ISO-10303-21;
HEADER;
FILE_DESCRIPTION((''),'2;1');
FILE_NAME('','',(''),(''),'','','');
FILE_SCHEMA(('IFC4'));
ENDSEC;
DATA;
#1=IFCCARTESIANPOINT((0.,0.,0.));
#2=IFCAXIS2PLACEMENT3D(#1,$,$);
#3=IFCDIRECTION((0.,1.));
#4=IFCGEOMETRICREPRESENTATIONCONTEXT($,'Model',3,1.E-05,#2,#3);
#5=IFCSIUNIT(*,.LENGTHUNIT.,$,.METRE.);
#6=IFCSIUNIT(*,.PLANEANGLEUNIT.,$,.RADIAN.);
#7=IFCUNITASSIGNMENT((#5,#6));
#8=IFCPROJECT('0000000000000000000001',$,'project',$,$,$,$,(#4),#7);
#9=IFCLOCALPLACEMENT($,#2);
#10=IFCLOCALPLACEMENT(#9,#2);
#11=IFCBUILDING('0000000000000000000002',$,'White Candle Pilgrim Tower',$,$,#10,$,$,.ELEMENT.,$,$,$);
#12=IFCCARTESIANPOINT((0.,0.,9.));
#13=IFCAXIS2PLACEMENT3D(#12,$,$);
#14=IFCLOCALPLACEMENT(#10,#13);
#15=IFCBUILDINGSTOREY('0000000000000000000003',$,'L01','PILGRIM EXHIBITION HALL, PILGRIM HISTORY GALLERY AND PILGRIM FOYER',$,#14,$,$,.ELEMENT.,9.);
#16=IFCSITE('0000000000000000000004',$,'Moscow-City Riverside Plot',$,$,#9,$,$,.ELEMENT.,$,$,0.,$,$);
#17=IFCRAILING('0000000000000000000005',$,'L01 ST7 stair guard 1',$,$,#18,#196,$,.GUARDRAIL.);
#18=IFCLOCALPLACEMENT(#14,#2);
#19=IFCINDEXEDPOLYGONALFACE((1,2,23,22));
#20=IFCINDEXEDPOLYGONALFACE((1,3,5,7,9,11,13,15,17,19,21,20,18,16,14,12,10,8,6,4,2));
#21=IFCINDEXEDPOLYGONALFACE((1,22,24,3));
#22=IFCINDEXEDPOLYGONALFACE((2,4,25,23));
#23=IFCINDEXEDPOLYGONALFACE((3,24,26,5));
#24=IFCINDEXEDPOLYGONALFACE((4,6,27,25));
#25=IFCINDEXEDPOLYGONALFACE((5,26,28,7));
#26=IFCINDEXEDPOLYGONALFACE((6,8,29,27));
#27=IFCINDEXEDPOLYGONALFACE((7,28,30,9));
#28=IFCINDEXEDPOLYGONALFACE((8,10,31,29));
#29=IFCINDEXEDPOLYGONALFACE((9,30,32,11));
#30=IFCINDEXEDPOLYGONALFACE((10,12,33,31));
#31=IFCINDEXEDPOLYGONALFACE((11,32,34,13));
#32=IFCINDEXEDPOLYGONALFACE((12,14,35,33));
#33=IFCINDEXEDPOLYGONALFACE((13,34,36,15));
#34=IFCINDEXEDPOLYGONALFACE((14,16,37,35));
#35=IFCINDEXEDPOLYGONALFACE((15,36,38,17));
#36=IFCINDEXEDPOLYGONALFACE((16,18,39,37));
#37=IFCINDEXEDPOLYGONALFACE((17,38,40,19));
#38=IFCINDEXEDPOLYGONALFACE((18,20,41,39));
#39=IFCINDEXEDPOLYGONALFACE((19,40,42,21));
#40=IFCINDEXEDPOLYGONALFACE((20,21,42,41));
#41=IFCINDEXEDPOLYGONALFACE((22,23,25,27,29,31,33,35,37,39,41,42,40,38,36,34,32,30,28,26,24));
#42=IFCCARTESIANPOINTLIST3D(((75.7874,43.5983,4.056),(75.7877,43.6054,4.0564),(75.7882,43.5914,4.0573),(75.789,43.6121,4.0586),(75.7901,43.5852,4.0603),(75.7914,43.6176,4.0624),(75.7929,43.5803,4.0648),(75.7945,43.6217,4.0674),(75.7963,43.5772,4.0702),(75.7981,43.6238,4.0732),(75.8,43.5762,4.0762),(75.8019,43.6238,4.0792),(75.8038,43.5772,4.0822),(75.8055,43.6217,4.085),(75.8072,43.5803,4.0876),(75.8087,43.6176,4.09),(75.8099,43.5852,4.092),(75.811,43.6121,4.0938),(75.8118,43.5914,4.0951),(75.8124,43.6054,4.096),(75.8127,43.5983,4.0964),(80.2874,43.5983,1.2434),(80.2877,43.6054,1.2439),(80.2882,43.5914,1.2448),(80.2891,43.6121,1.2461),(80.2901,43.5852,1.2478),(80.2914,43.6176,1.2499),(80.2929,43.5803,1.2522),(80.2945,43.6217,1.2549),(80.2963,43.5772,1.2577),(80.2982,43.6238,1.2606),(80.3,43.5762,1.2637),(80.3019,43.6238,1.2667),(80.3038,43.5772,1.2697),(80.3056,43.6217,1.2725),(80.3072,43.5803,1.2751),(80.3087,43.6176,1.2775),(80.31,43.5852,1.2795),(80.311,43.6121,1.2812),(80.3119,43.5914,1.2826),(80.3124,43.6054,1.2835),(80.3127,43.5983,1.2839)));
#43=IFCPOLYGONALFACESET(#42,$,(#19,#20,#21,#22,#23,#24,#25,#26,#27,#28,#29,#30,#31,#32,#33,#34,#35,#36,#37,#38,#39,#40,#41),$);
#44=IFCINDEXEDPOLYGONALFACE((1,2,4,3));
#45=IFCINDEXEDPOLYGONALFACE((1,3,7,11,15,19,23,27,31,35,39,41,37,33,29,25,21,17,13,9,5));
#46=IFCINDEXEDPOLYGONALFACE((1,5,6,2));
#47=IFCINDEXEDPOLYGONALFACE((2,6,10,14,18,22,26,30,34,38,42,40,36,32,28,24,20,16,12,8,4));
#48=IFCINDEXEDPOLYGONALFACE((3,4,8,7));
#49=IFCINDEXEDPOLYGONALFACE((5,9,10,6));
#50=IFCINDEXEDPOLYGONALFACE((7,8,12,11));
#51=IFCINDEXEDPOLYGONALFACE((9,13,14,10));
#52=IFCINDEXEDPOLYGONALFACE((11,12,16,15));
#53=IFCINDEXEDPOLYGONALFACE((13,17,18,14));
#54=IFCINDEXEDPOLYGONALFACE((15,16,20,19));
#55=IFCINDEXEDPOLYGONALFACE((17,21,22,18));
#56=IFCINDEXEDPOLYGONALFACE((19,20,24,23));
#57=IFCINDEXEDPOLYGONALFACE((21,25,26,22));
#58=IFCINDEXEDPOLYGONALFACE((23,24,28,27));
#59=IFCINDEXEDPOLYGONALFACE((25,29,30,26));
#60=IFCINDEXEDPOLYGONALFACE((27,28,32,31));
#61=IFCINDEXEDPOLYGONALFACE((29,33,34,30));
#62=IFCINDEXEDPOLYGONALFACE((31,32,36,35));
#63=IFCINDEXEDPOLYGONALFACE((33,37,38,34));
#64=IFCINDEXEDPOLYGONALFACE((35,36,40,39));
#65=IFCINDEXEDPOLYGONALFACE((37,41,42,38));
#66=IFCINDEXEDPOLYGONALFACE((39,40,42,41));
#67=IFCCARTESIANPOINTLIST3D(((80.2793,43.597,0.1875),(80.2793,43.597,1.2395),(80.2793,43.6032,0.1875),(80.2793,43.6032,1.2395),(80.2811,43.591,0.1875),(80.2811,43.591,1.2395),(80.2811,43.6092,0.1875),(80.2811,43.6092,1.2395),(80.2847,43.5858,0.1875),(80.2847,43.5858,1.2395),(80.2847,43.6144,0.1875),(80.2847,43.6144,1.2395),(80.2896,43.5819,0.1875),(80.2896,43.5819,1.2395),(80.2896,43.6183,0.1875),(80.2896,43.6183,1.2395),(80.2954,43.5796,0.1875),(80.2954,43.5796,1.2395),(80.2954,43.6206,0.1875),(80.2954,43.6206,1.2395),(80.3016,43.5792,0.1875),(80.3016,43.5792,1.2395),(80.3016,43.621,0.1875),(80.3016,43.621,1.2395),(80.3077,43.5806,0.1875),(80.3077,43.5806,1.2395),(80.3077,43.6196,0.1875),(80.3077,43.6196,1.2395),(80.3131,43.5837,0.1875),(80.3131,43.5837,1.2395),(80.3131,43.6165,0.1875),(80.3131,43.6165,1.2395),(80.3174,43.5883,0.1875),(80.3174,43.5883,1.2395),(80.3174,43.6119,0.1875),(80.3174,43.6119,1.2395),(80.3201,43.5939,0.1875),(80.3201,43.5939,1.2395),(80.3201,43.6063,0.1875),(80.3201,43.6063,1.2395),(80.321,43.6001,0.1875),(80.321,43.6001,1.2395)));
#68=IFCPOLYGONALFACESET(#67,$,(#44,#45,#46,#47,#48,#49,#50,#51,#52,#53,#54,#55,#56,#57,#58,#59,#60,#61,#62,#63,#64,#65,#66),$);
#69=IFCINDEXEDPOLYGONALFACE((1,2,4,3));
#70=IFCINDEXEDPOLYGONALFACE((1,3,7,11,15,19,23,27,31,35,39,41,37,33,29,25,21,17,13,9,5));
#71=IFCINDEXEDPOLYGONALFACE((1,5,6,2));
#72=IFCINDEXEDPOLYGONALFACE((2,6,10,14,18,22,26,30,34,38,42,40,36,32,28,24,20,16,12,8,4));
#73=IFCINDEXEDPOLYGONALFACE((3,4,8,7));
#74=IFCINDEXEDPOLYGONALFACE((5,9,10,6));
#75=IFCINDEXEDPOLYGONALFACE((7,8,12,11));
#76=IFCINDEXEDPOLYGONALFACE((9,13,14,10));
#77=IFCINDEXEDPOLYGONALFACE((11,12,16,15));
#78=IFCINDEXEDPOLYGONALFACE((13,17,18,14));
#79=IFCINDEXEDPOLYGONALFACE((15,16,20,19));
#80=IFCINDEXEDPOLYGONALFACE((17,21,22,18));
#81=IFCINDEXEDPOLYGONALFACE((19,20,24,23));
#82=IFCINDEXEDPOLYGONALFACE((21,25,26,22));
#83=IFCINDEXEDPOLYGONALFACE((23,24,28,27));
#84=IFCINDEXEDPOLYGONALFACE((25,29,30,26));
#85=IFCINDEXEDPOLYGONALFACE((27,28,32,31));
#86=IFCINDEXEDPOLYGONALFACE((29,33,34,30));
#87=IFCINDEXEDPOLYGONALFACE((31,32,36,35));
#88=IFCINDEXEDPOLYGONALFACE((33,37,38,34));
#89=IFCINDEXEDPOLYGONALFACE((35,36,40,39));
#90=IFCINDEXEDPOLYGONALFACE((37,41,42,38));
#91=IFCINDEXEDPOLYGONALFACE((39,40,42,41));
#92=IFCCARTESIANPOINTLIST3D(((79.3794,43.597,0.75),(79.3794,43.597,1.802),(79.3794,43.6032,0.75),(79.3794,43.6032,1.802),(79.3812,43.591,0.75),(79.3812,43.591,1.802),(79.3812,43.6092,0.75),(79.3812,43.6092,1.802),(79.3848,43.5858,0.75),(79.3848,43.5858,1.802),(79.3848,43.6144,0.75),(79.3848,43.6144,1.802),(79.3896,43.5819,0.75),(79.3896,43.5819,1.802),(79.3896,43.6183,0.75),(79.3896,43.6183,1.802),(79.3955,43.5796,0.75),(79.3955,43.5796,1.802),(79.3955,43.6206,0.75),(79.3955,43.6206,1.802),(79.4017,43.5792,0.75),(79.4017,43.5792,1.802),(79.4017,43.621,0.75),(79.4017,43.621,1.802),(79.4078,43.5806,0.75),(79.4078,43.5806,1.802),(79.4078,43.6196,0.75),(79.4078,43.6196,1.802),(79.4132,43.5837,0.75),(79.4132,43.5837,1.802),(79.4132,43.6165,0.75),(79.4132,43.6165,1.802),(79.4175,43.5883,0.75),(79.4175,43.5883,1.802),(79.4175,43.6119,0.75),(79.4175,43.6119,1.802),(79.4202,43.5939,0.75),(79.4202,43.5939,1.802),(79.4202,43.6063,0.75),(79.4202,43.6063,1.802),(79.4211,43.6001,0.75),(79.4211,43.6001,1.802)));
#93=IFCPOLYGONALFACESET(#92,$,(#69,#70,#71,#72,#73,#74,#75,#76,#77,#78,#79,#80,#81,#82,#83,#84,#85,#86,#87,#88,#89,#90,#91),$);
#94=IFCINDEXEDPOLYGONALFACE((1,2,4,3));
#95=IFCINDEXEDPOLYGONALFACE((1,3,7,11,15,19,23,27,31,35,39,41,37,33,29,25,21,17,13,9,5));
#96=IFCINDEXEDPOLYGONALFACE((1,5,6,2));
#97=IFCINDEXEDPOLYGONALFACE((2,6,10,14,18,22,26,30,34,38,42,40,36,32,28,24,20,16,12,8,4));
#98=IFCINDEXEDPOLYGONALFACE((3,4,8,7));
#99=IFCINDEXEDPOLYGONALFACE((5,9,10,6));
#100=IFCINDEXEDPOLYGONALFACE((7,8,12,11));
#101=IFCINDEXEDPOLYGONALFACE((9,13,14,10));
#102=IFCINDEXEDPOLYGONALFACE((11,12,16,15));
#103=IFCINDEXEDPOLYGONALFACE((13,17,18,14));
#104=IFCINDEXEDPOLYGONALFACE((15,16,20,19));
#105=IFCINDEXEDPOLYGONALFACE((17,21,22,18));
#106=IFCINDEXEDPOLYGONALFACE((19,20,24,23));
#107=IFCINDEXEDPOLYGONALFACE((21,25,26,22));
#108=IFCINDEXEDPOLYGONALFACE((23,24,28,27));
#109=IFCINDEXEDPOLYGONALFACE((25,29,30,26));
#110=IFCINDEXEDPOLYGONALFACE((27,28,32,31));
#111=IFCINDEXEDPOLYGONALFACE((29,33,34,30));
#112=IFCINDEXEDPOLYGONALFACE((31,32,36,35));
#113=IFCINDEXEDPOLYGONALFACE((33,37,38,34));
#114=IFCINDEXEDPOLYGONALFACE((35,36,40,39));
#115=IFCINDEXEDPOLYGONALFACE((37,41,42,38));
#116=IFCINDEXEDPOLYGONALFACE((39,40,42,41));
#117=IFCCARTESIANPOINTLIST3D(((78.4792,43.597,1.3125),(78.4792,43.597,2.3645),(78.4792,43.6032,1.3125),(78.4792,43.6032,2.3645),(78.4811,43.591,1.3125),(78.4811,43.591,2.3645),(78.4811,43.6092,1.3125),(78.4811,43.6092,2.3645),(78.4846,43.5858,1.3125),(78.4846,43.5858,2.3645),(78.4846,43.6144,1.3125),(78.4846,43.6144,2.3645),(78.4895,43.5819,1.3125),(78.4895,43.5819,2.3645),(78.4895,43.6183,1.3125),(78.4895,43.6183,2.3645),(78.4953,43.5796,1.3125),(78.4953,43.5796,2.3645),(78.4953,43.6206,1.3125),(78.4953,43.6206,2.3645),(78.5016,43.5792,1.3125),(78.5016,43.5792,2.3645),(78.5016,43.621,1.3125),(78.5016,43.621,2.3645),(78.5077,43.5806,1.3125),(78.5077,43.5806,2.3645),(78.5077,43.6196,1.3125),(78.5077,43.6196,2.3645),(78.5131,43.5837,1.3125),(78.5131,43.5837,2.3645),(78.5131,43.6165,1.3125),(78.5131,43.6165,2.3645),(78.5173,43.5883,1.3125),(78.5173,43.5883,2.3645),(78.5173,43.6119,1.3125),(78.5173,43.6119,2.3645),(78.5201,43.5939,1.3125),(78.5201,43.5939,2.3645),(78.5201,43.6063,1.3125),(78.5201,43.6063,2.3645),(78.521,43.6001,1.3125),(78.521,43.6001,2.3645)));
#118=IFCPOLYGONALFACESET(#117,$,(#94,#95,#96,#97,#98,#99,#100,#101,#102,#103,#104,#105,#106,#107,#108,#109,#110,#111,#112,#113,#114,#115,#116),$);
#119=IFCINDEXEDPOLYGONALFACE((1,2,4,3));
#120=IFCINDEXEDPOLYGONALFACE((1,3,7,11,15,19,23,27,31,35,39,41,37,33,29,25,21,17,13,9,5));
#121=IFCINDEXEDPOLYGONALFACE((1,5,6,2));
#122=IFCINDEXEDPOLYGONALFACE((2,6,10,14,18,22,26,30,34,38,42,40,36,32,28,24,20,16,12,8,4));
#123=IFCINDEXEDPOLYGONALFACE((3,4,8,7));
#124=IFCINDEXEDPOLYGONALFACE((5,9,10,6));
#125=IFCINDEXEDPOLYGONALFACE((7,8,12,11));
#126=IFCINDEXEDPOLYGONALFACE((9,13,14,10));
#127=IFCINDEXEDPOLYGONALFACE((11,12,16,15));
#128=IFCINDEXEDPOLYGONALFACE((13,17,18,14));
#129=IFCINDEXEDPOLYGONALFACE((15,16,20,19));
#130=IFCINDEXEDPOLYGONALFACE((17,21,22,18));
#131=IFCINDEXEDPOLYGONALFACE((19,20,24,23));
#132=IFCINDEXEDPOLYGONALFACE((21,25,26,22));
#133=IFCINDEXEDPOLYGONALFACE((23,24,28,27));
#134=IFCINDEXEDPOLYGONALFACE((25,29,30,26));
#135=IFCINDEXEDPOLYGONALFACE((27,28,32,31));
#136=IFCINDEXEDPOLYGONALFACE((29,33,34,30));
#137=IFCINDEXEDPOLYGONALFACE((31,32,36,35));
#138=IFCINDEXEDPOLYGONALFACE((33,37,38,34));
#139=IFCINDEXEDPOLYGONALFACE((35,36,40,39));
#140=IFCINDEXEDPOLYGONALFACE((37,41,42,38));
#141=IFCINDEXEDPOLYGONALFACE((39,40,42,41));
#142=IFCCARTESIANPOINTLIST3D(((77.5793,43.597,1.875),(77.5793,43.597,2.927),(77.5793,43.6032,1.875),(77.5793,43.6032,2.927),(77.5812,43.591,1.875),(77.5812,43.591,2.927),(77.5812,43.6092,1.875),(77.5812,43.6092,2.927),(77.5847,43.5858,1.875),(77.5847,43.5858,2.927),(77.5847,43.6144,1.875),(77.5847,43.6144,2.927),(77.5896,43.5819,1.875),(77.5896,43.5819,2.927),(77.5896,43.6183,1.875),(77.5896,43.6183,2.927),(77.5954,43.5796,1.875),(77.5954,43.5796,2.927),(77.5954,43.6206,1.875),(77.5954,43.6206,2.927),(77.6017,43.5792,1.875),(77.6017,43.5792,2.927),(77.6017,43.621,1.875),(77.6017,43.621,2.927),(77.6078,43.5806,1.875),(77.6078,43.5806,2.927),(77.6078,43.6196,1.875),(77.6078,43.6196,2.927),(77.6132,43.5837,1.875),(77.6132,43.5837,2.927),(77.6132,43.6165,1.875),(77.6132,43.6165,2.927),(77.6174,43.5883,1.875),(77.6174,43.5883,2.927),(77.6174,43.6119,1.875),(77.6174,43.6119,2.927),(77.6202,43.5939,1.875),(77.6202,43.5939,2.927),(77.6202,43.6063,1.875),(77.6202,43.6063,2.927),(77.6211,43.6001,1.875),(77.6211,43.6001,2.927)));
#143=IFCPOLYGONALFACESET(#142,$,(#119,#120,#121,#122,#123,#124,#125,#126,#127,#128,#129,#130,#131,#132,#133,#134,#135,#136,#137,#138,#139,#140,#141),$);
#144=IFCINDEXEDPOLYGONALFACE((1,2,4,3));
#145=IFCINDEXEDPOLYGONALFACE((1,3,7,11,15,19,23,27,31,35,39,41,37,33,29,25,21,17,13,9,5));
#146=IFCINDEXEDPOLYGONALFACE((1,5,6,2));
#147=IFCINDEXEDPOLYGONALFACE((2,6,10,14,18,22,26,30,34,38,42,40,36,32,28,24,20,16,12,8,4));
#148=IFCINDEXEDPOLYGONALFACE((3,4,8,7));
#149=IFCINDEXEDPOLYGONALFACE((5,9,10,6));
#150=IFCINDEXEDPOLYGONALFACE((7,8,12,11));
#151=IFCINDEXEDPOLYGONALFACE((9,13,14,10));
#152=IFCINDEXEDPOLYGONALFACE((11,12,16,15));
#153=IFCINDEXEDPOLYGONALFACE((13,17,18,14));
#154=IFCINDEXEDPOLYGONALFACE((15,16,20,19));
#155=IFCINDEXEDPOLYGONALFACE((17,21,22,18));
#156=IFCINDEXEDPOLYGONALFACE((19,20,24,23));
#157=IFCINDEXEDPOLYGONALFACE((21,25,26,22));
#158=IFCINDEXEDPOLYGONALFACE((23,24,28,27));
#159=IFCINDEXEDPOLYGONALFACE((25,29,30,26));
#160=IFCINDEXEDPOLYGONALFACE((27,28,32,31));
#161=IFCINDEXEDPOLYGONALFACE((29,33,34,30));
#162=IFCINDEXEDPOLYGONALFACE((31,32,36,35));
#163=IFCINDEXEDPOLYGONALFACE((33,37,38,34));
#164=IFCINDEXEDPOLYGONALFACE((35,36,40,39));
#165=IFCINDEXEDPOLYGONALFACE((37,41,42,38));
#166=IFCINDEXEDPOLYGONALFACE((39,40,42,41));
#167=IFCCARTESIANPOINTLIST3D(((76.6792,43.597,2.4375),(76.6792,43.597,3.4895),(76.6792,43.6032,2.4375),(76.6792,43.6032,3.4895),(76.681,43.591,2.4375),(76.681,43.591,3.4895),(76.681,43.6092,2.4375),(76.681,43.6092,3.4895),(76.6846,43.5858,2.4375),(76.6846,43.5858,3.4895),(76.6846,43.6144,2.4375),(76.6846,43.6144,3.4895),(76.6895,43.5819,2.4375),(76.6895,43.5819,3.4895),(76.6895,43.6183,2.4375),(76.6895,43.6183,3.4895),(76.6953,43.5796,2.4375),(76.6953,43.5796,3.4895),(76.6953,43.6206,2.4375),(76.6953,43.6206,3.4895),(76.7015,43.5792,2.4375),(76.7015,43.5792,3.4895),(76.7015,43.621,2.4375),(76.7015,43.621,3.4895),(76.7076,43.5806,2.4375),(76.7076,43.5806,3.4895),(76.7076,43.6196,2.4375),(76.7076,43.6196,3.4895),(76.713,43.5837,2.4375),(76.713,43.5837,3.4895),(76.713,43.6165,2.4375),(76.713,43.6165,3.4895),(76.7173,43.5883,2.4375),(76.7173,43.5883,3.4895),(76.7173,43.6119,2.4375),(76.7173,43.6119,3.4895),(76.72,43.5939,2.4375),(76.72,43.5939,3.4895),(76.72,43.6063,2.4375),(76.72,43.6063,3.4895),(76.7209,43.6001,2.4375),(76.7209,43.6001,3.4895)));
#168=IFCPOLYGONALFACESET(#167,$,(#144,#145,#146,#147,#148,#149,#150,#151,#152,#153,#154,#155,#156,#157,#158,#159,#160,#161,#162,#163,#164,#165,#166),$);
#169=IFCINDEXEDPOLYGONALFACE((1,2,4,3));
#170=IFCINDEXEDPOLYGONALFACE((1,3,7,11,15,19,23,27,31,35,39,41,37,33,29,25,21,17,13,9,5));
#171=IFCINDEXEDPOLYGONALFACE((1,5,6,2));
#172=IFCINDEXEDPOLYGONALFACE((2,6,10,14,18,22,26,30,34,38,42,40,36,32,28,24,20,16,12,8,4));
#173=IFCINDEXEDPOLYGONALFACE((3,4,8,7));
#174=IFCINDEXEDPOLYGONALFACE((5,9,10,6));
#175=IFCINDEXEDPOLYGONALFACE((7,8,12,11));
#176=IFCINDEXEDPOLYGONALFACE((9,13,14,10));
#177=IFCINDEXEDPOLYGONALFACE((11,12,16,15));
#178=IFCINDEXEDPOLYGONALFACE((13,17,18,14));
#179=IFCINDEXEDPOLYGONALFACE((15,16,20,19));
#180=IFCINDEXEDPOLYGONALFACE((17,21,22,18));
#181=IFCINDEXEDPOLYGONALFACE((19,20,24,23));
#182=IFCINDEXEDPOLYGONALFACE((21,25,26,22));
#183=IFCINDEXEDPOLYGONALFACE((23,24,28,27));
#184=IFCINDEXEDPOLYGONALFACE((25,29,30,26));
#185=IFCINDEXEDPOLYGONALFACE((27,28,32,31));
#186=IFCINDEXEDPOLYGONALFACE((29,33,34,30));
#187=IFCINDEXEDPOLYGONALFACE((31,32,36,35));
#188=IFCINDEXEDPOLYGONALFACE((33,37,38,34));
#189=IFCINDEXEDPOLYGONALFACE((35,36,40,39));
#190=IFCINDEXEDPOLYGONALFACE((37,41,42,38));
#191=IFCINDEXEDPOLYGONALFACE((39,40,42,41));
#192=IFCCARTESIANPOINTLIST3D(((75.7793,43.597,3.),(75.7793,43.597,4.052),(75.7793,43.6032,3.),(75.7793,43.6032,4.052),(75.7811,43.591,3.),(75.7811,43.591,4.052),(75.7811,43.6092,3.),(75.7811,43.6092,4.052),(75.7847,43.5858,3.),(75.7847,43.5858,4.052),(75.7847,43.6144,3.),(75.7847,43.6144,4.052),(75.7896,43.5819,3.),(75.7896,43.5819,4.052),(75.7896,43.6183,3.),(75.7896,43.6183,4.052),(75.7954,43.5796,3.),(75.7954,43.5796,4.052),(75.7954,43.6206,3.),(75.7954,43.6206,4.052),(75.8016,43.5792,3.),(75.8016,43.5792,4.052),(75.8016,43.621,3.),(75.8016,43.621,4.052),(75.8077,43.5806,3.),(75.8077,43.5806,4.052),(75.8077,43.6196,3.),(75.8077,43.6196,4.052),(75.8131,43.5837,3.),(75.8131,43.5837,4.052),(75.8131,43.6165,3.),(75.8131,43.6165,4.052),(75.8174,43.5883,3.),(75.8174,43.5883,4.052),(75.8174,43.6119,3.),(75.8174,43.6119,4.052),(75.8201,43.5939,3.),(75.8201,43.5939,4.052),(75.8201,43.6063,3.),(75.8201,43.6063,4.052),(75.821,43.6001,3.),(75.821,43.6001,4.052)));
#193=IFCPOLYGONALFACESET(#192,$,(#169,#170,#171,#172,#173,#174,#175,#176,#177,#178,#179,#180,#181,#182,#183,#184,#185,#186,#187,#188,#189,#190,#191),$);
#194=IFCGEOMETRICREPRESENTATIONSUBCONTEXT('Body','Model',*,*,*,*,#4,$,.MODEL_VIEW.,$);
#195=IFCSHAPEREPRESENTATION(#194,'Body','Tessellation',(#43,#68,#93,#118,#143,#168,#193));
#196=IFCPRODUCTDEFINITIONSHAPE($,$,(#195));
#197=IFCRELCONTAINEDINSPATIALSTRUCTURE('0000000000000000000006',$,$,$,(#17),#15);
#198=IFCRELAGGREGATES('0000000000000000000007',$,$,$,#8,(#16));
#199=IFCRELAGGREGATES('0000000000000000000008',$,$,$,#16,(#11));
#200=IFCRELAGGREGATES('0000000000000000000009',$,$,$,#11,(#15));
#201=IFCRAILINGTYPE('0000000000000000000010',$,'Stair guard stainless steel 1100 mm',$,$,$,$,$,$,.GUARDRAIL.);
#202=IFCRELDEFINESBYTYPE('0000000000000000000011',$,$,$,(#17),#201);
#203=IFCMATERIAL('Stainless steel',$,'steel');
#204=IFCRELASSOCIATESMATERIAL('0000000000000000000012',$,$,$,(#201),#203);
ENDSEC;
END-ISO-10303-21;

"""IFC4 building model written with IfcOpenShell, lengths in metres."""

from ifc_helpers import new_model, si_unit, direction, frame, origin, origin_2d, place, context, subcontext, project, spatial, circle, extrude, material, type_object, element, save


model = new_model("IFC4")

# Units and contexts
model_context = context("Model", 3, precision=1e-05, world=origin(), true_north=direction((0.0, 1.0)))
body_context = subcontext(model_context, "Body", "Model", "MODEL_VIEW")
ifc_project = project(units=[si_unit("LENGTHUNIT", "METRE"), si_unit("PLANEANGLEUNIT", "RADIAN")], contexts=[model_context])

# Site, building, storey
site_placement = place(None, origin())
site = spatial("IfcSite", under=ifc_project, at=site_placement, Name="Moscow-City Riverside Plot", CompositionType="ELEMENT", RefElevation=0.0)
building_placement = place(site_placement, origin())
building = spatial("IfcBuilding", under=site, at=building_placement, Name="White Candle Pilgrim Tower", CompositionType="ELEMENT")
storey_placement = place(building_placement, frame((0.0, 0.0, 9.0)))
storey = spatial("IfcBuildingStorey", under=building, at=storey_placement, Name="L01", Description="PILGRIM EXHIBITION HALL, PILGRIM HISTORY GALLERY AND PILGRIM FOYER", CompositionType="ELEMENT", Elevation=9.0)

# Railing
ifc_material_1 = material(Name="Stainless steel", Category="steel")
railing_type_1 = type_object("IfcRailingType", Name="Stair guard stainless steel 1100 mm", PredefinedType="GUARDRAIL", material=ifc_material_1)
railing_1_placement = place(storey_placement, frame((80.3, 43.6001, 0.1875)))
element("IfcRailing", 1, at=railing_1_placement, inside=storey, type_object=railing_type_1, Name="L01 ST7 stair guard 1", PredefinedType="GUARDRAIL", context=body_context, shape_type="SweptSolid", body=[
    extrude(circle(Radius=0.0239, at=origin_2d()), frame((0.0, 0.0, 1.0762), z_axis=(-0.847998, 0.0, 0.529999), x_axis=(0.0, -1.0, 0.0)), (0.0, 0.0, 1.0), 5.3066),
    extrude(circle(Radius=0.021, at=origin_2d()), origin(), (0.0, 0.0, 1.0), 1.052),
    extrude(circle(Radius=0.021, at=origin_2d()), frame((-0.8999, 0.0, 0.5625)), (0.0, 0.0, 1.0), 1.052),
    extrude(circle(Radius=0.021, at=origin_2d()), frame((-1.8, 0.0, 1.125)), (0.0, 0.0, 1.0), 1.052),
    extrude(circle(Radius=0.021, at=origin_2d()), frame((-2.7, 0.0, 1.6875)), (0.0, 0.0, 1.0), 1.052),
    extrude(circle(Radius=0.021, at=origin_2d()), frame((-3.6001, 0.0, 2.25)), (0.0, 0.0, 1.0), 1.052),
    extrude(circle(Radius=0.021, at=origin_2d()), frame((-4.5, 0.0, 2.8125)), (0.0, 0.0, 1.0), 1.052),
])

save(model, "model.ifc")
